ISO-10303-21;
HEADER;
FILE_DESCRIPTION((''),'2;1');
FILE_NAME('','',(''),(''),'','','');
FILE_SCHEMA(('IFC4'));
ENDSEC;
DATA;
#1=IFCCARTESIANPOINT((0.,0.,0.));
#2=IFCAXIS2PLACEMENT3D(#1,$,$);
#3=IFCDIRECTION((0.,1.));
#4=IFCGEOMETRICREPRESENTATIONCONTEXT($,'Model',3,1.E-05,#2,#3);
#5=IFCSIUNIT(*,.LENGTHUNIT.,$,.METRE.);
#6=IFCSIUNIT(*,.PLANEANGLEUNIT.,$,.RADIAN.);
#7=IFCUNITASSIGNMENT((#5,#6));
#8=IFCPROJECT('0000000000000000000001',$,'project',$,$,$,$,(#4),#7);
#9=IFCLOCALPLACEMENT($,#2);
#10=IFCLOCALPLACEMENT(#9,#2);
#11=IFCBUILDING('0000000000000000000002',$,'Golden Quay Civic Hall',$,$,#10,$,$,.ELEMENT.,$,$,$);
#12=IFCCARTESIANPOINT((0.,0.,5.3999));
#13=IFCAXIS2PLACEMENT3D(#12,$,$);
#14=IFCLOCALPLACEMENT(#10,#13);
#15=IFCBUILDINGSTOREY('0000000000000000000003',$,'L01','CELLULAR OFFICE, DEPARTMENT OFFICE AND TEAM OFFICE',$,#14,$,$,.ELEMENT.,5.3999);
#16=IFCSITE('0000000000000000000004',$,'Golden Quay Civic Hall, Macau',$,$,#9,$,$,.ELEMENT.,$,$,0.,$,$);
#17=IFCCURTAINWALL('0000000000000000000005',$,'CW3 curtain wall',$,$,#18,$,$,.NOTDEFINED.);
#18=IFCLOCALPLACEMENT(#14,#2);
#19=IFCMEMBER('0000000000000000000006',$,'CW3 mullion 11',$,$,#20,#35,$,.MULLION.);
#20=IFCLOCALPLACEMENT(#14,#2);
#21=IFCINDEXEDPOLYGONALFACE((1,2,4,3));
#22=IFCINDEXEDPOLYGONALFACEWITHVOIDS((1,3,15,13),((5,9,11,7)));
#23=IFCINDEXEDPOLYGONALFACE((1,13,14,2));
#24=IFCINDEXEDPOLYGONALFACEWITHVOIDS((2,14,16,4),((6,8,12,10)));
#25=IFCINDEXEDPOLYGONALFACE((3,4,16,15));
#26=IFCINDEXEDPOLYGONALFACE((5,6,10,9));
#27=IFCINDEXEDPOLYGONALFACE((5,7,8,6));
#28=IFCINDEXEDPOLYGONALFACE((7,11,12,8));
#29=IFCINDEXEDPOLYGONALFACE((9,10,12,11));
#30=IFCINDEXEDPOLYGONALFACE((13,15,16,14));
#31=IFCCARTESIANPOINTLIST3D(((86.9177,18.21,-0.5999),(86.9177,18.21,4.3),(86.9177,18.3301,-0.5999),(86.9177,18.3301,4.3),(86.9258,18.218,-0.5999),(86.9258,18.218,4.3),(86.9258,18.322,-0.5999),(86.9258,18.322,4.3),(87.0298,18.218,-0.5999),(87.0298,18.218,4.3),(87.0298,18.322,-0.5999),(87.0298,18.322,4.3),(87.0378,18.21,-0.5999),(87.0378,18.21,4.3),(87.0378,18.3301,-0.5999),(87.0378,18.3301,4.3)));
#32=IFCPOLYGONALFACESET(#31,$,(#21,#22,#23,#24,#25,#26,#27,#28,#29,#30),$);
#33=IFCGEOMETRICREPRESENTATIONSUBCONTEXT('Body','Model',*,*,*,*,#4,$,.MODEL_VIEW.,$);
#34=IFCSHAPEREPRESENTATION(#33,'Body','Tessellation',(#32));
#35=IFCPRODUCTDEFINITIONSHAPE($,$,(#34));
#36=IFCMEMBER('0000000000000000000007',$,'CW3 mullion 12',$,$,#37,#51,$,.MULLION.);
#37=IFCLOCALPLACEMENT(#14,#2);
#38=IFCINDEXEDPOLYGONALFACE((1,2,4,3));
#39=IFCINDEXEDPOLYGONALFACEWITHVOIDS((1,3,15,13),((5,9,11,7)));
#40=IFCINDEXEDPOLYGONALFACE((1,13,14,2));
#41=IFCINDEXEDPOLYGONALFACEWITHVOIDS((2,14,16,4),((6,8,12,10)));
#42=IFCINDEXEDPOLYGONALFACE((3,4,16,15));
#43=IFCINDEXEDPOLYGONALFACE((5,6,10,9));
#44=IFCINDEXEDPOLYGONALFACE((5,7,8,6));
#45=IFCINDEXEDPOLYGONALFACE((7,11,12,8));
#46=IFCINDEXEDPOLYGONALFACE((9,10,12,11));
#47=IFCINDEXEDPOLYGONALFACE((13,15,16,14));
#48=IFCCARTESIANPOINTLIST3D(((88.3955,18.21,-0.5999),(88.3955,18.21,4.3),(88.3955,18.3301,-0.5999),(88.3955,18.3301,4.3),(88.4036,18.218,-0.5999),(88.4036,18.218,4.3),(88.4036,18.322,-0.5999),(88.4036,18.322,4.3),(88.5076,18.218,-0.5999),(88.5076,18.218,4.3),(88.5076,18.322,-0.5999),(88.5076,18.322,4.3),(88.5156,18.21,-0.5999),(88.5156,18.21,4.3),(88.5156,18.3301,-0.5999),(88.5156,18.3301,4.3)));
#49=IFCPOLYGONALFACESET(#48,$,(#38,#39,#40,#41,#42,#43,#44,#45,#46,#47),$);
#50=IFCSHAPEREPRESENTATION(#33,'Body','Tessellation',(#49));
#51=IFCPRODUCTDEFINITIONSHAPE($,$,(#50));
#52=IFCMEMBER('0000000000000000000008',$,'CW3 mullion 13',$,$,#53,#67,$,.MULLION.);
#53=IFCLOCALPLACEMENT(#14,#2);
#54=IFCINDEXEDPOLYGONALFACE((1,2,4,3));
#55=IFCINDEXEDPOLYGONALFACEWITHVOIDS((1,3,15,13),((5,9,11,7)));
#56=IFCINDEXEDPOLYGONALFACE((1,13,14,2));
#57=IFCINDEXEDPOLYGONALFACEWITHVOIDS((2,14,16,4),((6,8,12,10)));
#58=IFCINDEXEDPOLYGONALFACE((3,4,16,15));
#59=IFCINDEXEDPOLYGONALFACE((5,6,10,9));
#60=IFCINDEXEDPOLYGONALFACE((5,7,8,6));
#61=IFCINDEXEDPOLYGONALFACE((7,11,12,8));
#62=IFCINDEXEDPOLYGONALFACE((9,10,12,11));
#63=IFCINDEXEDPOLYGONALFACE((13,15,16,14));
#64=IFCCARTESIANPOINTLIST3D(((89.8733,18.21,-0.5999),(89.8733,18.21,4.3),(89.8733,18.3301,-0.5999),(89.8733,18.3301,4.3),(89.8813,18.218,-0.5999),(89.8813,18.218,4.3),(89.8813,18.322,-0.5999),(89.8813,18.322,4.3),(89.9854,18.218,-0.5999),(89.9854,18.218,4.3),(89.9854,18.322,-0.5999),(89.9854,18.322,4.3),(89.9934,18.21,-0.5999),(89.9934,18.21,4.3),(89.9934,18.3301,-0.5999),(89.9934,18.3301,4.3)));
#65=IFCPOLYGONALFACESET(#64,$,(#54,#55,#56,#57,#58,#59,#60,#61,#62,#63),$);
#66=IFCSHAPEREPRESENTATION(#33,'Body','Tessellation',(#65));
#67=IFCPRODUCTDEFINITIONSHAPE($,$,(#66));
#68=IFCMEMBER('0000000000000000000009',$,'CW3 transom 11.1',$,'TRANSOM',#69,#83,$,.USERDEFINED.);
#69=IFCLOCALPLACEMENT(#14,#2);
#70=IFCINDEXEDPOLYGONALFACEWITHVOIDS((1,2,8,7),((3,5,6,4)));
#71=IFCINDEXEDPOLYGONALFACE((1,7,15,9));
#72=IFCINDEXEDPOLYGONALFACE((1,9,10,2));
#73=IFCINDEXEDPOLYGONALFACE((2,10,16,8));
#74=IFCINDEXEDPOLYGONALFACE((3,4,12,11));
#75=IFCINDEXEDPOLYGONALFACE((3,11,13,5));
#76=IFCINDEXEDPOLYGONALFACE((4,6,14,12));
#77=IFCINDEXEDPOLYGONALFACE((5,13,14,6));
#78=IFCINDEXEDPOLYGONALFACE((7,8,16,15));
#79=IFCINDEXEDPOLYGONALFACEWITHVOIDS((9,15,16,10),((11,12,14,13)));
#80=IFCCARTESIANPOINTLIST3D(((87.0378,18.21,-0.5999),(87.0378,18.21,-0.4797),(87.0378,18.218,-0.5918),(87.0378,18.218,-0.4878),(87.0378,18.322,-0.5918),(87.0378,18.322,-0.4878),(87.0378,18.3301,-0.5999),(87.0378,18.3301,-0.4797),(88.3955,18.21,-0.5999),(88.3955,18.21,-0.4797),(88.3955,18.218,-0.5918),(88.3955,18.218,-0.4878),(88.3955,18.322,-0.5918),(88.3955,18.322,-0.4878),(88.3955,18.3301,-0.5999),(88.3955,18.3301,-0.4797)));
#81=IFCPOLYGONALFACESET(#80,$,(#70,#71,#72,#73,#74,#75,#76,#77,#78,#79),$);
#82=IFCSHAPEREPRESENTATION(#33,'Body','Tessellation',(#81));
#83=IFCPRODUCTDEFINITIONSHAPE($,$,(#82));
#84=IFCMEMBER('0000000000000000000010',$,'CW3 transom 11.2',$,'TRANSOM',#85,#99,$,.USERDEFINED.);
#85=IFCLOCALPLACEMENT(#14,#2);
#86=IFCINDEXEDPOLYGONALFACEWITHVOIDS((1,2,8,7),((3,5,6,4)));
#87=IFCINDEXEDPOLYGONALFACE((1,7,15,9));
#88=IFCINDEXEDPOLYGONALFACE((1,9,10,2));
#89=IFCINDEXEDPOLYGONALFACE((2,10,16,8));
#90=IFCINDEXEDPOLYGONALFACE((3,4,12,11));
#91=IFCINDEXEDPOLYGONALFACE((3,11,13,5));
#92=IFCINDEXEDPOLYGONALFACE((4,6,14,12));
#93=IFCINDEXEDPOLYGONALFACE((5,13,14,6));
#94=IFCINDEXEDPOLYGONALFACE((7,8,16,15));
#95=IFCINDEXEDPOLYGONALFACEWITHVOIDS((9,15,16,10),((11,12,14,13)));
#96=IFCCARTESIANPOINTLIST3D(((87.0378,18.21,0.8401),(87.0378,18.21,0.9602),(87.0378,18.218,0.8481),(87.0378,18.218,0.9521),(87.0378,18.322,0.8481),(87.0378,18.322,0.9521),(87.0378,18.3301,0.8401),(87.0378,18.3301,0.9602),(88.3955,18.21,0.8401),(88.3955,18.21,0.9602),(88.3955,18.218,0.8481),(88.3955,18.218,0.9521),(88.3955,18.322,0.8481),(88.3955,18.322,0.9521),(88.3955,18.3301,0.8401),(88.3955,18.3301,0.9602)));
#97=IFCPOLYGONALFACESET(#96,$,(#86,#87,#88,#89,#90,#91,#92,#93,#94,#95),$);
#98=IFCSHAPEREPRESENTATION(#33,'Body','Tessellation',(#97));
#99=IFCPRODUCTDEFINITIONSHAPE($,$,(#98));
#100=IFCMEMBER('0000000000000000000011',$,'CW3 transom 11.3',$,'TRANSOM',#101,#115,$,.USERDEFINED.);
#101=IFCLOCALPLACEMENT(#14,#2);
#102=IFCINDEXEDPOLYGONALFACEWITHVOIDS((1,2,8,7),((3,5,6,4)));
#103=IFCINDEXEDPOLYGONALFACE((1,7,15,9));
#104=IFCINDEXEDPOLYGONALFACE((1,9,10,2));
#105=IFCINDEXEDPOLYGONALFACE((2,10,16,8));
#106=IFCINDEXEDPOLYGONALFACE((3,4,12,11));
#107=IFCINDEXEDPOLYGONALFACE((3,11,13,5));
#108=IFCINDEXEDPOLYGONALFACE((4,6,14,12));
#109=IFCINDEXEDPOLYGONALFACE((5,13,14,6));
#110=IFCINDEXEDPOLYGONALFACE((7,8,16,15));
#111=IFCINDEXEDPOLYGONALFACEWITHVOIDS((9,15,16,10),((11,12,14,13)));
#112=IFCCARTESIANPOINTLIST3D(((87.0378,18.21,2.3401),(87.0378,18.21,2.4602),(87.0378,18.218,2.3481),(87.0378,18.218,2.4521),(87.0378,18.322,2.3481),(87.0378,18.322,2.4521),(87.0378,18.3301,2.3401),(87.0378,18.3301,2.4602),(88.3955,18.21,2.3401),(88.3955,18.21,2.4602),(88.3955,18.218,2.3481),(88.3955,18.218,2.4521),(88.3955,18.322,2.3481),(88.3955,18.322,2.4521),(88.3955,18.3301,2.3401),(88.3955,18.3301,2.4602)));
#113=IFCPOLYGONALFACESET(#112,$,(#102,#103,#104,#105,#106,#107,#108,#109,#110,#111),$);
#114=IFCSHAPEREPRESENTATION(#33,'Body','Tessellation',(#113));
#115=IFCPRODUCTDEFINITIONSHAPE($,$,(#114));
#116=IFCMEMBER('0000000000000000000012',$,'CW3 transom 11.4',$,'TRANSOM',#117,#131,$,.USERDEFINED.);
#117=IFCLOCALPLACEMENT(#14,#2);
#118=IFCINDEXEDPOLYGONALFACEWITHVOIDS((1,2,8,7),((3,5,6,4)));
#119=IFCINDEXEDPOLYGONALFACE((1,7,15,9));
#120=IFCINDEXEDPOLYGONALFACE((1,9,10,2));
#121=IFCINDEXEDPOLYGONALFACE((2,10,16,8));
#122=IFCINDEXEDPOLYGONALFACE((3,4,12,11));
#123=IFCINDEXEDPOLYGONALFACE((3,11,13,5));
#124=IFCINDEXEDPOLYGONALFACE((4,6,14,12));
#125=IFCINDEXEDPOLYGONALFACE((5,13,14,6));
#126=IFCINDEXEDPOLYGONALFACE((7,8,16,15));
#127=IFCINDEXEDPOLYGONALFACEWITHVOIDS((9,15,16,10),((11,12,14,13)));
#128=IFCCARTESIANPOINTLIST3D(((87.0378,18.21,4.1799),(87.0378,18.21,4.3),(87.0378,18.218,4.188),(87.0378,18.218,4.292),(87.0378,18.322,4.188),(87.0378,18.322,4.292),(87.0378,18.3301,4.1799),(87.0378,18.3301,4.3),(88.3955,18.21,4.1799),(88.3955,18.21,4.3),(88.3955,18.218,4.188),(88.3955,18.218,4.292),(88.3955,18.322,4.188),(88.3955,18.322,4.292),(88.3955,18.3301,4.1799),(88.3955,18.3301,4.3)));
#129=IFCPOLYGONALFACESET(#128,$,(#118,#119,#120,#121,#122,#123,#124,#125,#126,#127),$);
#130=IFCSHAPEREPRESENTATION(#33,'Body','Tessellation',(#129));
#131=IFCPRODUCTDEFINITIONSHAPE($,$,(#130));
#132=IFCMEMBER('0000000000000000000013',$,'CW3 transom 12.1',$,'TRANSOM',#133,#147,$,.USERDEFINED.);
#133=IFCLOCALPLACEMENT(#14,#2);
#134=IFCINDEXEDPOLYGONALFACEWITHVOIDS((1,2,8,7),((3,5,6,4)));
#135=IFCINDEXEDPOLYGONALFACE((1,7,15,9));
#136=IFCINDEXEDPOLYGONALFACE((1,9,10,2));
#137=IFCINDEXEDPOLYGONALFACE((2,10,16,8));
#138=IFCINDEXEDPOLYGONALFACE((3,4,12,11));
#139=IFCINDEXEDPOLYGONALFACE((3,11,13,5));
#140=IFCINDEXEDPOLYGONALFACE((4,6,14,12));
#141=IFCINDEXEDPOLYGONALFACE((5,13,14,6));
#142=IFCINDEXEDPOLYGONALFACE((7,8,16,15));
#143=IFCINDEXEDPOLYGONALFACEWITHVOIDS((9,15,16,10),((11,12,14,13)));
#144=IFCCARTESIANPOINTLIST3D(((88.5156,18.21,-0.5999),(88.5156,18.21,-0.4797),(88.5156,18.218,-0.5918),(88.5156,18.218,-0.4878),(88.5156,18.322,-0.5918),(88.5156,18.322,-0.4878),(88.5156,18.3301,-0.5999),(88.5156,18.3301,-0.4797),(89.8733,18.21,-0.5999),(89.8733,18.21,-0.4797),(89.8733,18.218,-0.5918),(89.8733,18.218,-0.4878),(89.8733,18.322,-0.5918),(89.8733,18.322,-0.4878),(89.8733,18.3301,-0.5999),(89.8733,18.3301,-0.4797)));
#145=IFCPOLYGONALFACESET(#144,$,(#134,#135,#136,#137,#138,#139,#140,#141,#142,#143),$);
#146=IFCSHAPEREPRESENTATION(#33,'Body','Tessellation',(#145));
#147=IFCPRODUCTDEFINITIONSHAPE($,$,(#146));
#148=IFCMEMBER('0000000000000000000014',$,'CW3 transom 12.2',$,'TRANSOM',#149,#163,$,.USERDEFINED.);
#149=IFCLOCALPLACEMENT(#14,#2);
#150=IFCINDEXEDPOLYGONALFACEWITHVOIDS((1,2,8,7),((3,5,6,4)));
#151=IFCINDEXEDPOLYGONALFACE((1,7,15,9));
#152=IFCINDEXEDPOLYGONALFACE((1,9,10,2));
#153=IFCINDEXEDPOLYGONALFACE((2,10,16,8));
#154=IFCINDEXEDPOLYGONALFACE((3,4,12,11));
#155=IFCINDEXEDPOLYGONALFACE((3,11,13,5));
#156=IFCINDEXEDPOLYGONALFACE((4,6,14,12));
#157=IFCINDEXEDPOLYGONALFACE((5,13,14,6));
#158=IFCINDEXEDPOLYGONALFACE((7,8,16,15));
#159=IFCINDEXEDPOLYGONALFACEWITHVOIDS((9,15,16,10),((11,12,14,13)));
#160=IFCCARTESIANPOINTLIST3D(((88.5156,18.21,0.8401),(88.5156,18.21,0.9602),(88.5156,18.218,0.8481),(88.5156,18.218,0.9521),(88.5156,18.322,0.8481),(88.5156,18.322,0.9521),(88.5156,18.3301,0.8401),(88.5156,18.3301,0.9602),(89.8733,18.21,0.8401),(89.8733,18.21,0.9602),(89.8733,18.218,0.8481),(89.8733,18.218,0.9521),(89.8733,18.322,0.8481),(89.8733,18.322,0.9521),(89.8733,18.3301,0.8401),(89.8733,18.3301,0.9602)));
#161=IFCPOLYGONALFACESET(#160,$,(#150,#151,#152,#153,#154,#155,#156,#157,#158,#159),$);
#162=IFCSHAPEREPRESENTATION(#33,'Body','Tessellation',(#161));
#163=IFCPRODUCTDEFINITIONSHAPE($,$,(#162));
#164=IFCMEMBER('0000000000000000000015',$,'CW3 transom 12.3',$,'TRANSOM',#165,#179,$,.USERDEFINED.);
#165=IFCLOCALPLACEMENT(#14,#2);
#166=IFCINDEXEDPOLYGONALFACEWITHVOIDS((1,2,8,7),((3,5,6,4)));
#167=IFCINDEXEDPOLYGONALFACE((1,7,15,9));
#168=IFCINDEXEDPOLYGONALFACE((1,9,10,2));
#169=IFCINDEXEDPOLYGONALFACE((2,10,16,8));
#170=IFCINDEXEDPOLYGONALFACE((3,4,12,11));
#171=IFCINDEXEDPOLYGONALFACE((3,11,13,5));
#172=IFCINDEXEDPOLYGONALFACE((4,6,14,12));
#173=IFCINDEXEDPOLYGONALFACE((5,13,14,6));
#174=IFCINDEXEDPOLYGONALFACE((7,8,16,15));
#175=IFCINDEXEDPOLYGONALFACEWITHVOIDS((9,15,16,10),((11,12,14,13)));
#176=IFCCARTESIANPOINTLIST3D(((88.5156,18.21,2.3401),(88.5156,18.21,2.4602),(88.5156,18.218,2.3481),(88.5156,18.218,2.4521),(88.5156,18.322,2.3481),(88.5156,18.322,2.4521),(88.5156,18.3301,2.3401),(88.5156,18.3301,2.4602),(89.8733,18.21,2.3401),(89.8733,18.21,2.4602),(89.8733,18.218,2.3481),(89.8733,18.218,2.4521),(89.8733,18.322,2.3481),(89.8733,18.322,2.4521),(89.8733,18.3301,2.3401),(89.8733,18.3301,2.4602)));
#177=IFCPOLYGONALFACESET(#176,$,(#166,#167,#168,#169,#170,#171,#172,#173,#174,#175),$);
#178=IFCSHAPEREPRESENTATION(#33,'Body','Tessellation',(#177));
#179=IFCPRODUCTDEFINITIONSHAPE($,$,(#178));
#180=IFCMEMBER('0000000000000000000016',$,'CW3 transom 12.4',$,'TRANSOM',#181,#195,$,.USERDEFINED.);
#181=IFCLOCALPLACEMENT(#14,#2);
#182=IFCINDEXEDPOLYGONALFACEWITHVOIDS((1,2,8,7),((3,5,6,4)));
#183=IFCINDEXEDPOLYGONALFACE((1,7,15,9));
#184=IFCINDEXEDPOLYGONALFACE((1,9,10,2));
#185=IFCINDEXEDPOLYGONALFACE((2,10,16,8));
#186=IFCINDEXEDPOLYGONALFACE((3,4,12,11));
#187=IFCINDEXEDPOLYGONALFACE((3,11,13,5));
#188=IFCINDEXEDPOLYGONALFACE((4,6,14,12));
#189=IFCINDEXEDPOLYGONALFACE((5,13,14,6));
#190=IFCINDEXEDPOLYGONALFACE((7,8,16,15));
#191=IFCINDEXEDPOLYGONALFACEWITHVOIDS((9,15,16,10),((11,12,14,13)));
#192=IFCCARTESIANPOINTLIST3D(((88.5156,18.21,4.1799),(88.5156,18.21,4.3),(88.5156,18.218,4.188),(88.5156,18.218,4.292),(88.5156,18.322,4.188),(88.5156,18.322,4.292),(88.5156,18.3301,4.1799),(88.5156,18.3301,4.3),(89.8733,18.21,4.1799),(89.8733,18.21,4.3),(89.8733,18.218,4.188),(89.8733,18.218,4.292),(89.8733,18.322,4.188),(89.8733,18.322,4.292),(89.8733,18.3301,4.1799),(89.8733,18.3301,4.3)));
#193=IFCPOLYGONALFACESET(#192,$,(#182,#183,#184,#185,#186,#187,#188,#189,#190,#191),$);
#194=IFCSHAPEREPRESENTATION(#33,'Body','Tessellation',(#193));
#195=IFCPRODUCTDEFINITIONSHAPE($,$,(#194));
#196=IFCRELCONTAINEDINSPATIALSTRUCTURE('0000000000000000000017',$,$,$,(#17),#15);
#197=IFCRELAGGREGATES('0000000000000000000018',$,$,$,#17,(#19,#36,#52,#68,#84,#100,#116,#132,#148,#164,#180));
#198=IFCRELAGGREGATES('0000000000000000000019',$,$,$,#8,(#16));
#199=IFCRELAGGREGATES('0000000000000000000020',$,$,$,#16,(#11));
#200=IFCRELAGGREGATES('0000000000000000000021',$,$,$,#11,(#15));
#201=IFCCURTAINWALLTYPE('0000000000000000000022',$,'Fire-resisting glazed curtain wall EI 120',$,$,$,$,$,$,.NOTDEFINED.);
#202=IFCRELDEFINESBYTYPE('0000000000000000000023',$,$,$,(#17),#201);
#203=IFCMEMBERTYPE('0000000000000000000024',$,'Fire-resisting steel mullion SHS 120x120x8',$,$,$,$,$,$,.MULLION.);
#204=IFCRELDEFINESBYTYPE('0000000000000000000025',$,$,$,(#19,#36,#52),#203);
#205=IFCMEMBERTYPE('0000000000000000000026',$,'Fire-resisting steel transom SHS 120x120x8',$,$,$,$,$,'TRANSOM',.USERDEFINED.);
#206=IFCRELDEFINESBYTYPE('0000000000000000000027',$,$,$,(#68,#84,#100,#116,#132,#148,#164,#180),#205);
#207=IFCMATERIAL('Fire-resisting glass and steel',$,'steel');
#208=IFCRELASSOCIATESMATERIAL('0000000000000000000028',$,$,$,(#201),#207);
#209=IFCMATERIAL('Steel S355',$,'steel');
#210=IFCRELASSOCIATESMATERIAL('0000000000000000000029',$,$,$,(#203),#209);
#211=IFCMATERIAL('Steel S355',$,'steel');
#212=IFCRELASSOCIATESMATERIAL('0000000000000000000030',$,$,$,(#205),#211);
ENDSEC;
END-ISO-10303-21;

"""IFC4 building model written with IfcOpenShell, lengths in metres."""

from ifc_helpers import new_model, si_unit, direction, frame, origin, origin_2d, place, context, subcontext, project, spatial, hollow_rectangle, extrude, material, material_profile, profile_set, type_object, element, aggregate, save


model = new_model("IFC4")

# Units and contexts
model_context = context("Model", 3, precision=1e-05, world=origin(), true_north=direction((0.0, 1.0)))
body_context = subcontext(model_context, "Body", "Model", "MODEL_VIEW")
ifc_project = project(units=[si_unit("LENGTHUNIT", "METRE"), si_unit("PLANEANGLEUNIT", "RADIAN")], contexts=[model_context])

# Site, building, storey
site_placement = place(None, origin())
site = spatial("IfcSite", under=ifc_project, at=site_placement, Name="Golden Quay Civic Hall, Macau", CompositionType="ELEMENT", RefElevation=0.0)
building_placement = place(site_placement, origin())
building = spatial("IfcBuilding", under=site, at=building_placement, Name="Golden Quay Civic Hall", CompositionType="ELEMENT")
storey_placement = place(building_placement, frame((0.0, 0.0, 5.3999)))
storey = spatial("IfcBuildingStorey", under=building, at=storey_placement, Name="L01", Description="CELLULAR OFFICE, DEPARTMENT OFFICE AND TEAM OFFICE", CompositionType="ELEMENT", Elevation=5.3999)

# Curtain wall, members
ifc_material_1 = material(Name="Fire-resisting glass and steel", Category="steel")
curtain_wall_type = type_object("IfcCurtainWallType", Name="Fire-resisting glazed curtain wall EI 120", PredefinedType="NOTDEFINED", material=ifc_material_1)
curtain_wall_placement = place(storey_placement, origin())
curtain_wall = element("IfcCurtainWall", 1, at=curtain_wall_placement, inside=storey, type_object=curtain_wall_type, Name="CW3 curtain wall", PredefinedType="NOTDEFINED")
ifc_material_2 = material(Name="Steel S355", Category="steel")
ifc_material_profile_1 = material_profile(ifc_material_2, hollow_rectangle(XDim=0.1201, YDim=0.1201, WallThickness=0.0081, at=origin_2d()), Name="SHS 120x120x8")
ifc_profile_set_1 = profile_set([ifc_material_profile_1], Name="Steel S355")
member_type_1 = type_object("IfcMemberType", Name="Fire-resisting steel mullion SHS 120x120x8", PredefinedType="MULLION", material=ifc_profile_set_1)
member_1_placement = place(storey_placement, frame((86.9778, 18.27, -0.5999), z_axis=(0.0, 0.0, 1.0), x_axis=(0.0, 1.0, 0.0)))
member_1 = element("IfcMember", 2, at=member_1_placement, type_object=member_type_1, Name="CW3 mullion 11", PredefinedType="MULLION", context=body_context, shape_type="SweptSolid", body=[
    extrude(hollow_rectangle(XDim=0.1201, YDim=0.1201, WallThickness=0.0081, at=origin_2d()), origin(), (0.0, 0.0, 1.0), 4.8999),
])
member_2_placement = place(storey_placement, frame((88.4556, 18.27, -0.5999), z_axis=(0.0, 0.0, 1.0), x_axis=(0.0, 1.0, 0.0)))
member_2 = element("IfcMember", 3, at=member_2_placement, type_object=member_type_1, Name="CW3 mullion 12", PredefinedType="MULLION", context=body_context, shape_type="SweptSolid", body=[
    extrude(hollow_rectangle(XDim=0.1201, YDim=0.1201, WallThickness=0.0081, at=origin_2d()), origin(), (0.0, 0.0, 1.0), 4.8999),
])
member_3_placement = place(storey_placement, frame((89.9333, 18.27, -0.5999), z_axis=(0.0, 0.0, 1.0), x_axis=(0.0, 1.0, 0.0)))
member_3 = element("IfcMember", 4, at=member_3_placement, type_object=member_type_1, Name="CW3 mullion 13", PredefinedType="MULLION", context=body_context, shape_type="SweptSolid", body=[
    extrude(hollow_rectangle(XDim=0.1201, YDim=0.1201, WallThickness=0.0081, at=origin_2d()), origin(), (0.0, 0.0, 1.0), 4.8999),
])
ifc_material_3 = material(Name="Steel S355", Category="steel")
ifc_material_profile_2 = material_profile(ifc_material_3, hollow_rectangle(XDim=0.1201, YDim=0.1201, WallThickness=0.0081, at=origin_2d()), Name="SHS 120x120x8")
ifc_profile_set_2 = profile_set([ifc_material_profile_2], Name="Steel S355")
member_type_2 = type_object("IfcMemberType", Name="Fire-resisting steel transom SHS 120x120x8", ElementType="TRANSOM", PredefinedType="USERDEFINED", material=ifc_profile_set_2)
member_4_placement = place(storey_placement, frame((87.0378, 18.27, -0.5398), z_axis=(1.0, 0.0, 0.0), x_axis=(0.0, 1.0, 0.0)))
member_4 = element("IfcMember", 5, at=member_4_placement, type_object=member_type_2, Name="CW3 transom 11.1", ObjectType="TRANSOM", PredefinedType="USERDEFINED", context=body_context, shape_type="SweptSolid", body=[
    extrude(hollow_rectangle(XDim=0.1201, YDim=0.1201, WallThickness=0.0081, at=origin_2d()), origin(), (0.0, 0.0, 1.0), 1.3577),
])
member_5_placement = place(storey_placement, frame((87.0378, 18.27, 0.9001), z_axis=(1.0, 0.0, 0.0), x_axis=(0.0, 1.0, 0.0)))
member_5 = element("IfcMember", 6, at=member_5_placement, type_object=member_type_2, Name="CW3 transom 11.2", ObjectType="TRANSOM", PredefinedType="USERDEFINED", context=body_context, shape_type="SweptSolid", body=[
    extrude(hollow_rectangle(XDim=0.1201, YDim=0.1201, WallThickness=0.0081, at=origin_2d()), origin(), (0.0, 0.0, 1.0), 1.3577),
])
member_6_placement = place(storey_placement, frame((87.0378, 18.27, 2.4001), z_axis=(1.0, 0.0, 0.0), x_axis=(0.0, 1.0, 0.0)))
member_6 = element("IfcMember", 7, at=member_6_placement, type_object=member_type_2, Name="CW3 transom 11.3", ObjectType="TRANSOM", PredefinedType="USERDEFINED", context=body_context, shape_type="SweptSolid", body=[
    extrude(hollow_rectangle(XDim=0.1201, YDim=0.1201, WallThickness=0.0081, at=origin_2d()), origin(), (0.0, 0.0, 1.0), 1.3577),
])
member_7_placement = place(storey_placement, frame((87.0378, 18.27, 4.24), z_axis=(1.0, 0.0, 0.0), x_axis=(0.0, 1.0, 0.0)))
member_7 = element("IfcMember", 8, at=member_7_placement, type_object=member_type_2, Name="CW3 transom 11.4", ObjectType="TRANSOM", PredefinedType="USERDEFINED", context=body_context, shape_type="SweptSolid", body=[
    extrude(hollow_rectangle(XDim=0.1201, YDim=0.1201, WallThickness=0.0081, at=origin_2d()), origin(), (0.0, 0.0, 1.0), 1.3577),
])
member_8_placement = place(storey_placement, frame((88.5156, 18.27, -0.5398), z_axis=(1.0, 0.0, 0.0), x_axis=(0.0, 1.0, 0.0)))
member_8 = element("IfcMember", 9, at=member_8_placement, type_object=member_type_2, Name="CW3 transom 12.1", ObjectType="TRANSOM", PredefinedType="USERDEFINED", context=body_context, shape_type="SweptSolid", body=[
    extrude(hollow_rectangle(XDim=0.1201, YDim=0.1201, WallThickness=0.0081, at=origin_2d()), origin(), (0.0, 0.0, 1.0), 1.3577),
])
member_9_placement = place(storey_placement, frame((88.5156, 18.27, 0.9001), z_axis=(1.0, 0.0, 0.0), x_axis=(0.0, 1.0, 0.0)))
member_9 = element("IfcMember", 10, at=member_9_placement, type_object=member_type_2, Name="CW3 transom 12.2", ObjectType="TRANSOM", PredefinedType="USERDEFINED", context=body_context, shape_type="SweptSolid", body=[
    extrude(hollow_rectangle(XDim=0.1201, YDim=0.1201, WallThickness=0.0081, at=origin_2d()), origin(), (0.0, 0.0, 1.0), 1.3577),
])
member_10_placement = place(storey_placement, frame((88.5156, 18.27, 2.4001), z_axis=(1.0, 0.0, 0.0), x_axis=(0.0, 1.0, 0.0)))
member_10 = element("IfcMember", 11, at=member_10_placement, type_object=member_type_2, Name="CW3 transom 12.3", ObjectType="TRANSOM", PredefinedType="USERDEFINED", context=body_context, shape_type="SweptSolid", body=[
    extrude(hollow_rectangle(XDim=0.1201, YDim=0.1201, WallThickness=0.0081, at=origin_2d()), origin(), (0.0, 0.0, 1.0), 1.3577),
])
member_11_placement = place(storey_placement, frame((88.5156, 18.27, 4.24), z_axis=(1.0, 0.0, 0.0), x_axis=(0.0, 1.0, 0.0)))
member_11 = element("IfcMember", 12, at=member_11_placement, type_object=member_type_2, Name="CW3 transom 12.4", ObjectType="TRANSOM", PredefinedType="USERDEFINED", context=body_context, shape_type="SweptSolid", body=[
    extrude(hollow_rectangle(XDim=0.1201, YDim=0.1201, WallThickness=0.0081, at=origin_2d()), origin(), (0.0, 0.0, 1.0), 1.3577),
])
aggregate(curtain_wall, [member_1, member_2, member_3, member_4, member_5, member_6, member_7, member_8, member_9, member_10, member_11])

save(model, "model.ifc")
